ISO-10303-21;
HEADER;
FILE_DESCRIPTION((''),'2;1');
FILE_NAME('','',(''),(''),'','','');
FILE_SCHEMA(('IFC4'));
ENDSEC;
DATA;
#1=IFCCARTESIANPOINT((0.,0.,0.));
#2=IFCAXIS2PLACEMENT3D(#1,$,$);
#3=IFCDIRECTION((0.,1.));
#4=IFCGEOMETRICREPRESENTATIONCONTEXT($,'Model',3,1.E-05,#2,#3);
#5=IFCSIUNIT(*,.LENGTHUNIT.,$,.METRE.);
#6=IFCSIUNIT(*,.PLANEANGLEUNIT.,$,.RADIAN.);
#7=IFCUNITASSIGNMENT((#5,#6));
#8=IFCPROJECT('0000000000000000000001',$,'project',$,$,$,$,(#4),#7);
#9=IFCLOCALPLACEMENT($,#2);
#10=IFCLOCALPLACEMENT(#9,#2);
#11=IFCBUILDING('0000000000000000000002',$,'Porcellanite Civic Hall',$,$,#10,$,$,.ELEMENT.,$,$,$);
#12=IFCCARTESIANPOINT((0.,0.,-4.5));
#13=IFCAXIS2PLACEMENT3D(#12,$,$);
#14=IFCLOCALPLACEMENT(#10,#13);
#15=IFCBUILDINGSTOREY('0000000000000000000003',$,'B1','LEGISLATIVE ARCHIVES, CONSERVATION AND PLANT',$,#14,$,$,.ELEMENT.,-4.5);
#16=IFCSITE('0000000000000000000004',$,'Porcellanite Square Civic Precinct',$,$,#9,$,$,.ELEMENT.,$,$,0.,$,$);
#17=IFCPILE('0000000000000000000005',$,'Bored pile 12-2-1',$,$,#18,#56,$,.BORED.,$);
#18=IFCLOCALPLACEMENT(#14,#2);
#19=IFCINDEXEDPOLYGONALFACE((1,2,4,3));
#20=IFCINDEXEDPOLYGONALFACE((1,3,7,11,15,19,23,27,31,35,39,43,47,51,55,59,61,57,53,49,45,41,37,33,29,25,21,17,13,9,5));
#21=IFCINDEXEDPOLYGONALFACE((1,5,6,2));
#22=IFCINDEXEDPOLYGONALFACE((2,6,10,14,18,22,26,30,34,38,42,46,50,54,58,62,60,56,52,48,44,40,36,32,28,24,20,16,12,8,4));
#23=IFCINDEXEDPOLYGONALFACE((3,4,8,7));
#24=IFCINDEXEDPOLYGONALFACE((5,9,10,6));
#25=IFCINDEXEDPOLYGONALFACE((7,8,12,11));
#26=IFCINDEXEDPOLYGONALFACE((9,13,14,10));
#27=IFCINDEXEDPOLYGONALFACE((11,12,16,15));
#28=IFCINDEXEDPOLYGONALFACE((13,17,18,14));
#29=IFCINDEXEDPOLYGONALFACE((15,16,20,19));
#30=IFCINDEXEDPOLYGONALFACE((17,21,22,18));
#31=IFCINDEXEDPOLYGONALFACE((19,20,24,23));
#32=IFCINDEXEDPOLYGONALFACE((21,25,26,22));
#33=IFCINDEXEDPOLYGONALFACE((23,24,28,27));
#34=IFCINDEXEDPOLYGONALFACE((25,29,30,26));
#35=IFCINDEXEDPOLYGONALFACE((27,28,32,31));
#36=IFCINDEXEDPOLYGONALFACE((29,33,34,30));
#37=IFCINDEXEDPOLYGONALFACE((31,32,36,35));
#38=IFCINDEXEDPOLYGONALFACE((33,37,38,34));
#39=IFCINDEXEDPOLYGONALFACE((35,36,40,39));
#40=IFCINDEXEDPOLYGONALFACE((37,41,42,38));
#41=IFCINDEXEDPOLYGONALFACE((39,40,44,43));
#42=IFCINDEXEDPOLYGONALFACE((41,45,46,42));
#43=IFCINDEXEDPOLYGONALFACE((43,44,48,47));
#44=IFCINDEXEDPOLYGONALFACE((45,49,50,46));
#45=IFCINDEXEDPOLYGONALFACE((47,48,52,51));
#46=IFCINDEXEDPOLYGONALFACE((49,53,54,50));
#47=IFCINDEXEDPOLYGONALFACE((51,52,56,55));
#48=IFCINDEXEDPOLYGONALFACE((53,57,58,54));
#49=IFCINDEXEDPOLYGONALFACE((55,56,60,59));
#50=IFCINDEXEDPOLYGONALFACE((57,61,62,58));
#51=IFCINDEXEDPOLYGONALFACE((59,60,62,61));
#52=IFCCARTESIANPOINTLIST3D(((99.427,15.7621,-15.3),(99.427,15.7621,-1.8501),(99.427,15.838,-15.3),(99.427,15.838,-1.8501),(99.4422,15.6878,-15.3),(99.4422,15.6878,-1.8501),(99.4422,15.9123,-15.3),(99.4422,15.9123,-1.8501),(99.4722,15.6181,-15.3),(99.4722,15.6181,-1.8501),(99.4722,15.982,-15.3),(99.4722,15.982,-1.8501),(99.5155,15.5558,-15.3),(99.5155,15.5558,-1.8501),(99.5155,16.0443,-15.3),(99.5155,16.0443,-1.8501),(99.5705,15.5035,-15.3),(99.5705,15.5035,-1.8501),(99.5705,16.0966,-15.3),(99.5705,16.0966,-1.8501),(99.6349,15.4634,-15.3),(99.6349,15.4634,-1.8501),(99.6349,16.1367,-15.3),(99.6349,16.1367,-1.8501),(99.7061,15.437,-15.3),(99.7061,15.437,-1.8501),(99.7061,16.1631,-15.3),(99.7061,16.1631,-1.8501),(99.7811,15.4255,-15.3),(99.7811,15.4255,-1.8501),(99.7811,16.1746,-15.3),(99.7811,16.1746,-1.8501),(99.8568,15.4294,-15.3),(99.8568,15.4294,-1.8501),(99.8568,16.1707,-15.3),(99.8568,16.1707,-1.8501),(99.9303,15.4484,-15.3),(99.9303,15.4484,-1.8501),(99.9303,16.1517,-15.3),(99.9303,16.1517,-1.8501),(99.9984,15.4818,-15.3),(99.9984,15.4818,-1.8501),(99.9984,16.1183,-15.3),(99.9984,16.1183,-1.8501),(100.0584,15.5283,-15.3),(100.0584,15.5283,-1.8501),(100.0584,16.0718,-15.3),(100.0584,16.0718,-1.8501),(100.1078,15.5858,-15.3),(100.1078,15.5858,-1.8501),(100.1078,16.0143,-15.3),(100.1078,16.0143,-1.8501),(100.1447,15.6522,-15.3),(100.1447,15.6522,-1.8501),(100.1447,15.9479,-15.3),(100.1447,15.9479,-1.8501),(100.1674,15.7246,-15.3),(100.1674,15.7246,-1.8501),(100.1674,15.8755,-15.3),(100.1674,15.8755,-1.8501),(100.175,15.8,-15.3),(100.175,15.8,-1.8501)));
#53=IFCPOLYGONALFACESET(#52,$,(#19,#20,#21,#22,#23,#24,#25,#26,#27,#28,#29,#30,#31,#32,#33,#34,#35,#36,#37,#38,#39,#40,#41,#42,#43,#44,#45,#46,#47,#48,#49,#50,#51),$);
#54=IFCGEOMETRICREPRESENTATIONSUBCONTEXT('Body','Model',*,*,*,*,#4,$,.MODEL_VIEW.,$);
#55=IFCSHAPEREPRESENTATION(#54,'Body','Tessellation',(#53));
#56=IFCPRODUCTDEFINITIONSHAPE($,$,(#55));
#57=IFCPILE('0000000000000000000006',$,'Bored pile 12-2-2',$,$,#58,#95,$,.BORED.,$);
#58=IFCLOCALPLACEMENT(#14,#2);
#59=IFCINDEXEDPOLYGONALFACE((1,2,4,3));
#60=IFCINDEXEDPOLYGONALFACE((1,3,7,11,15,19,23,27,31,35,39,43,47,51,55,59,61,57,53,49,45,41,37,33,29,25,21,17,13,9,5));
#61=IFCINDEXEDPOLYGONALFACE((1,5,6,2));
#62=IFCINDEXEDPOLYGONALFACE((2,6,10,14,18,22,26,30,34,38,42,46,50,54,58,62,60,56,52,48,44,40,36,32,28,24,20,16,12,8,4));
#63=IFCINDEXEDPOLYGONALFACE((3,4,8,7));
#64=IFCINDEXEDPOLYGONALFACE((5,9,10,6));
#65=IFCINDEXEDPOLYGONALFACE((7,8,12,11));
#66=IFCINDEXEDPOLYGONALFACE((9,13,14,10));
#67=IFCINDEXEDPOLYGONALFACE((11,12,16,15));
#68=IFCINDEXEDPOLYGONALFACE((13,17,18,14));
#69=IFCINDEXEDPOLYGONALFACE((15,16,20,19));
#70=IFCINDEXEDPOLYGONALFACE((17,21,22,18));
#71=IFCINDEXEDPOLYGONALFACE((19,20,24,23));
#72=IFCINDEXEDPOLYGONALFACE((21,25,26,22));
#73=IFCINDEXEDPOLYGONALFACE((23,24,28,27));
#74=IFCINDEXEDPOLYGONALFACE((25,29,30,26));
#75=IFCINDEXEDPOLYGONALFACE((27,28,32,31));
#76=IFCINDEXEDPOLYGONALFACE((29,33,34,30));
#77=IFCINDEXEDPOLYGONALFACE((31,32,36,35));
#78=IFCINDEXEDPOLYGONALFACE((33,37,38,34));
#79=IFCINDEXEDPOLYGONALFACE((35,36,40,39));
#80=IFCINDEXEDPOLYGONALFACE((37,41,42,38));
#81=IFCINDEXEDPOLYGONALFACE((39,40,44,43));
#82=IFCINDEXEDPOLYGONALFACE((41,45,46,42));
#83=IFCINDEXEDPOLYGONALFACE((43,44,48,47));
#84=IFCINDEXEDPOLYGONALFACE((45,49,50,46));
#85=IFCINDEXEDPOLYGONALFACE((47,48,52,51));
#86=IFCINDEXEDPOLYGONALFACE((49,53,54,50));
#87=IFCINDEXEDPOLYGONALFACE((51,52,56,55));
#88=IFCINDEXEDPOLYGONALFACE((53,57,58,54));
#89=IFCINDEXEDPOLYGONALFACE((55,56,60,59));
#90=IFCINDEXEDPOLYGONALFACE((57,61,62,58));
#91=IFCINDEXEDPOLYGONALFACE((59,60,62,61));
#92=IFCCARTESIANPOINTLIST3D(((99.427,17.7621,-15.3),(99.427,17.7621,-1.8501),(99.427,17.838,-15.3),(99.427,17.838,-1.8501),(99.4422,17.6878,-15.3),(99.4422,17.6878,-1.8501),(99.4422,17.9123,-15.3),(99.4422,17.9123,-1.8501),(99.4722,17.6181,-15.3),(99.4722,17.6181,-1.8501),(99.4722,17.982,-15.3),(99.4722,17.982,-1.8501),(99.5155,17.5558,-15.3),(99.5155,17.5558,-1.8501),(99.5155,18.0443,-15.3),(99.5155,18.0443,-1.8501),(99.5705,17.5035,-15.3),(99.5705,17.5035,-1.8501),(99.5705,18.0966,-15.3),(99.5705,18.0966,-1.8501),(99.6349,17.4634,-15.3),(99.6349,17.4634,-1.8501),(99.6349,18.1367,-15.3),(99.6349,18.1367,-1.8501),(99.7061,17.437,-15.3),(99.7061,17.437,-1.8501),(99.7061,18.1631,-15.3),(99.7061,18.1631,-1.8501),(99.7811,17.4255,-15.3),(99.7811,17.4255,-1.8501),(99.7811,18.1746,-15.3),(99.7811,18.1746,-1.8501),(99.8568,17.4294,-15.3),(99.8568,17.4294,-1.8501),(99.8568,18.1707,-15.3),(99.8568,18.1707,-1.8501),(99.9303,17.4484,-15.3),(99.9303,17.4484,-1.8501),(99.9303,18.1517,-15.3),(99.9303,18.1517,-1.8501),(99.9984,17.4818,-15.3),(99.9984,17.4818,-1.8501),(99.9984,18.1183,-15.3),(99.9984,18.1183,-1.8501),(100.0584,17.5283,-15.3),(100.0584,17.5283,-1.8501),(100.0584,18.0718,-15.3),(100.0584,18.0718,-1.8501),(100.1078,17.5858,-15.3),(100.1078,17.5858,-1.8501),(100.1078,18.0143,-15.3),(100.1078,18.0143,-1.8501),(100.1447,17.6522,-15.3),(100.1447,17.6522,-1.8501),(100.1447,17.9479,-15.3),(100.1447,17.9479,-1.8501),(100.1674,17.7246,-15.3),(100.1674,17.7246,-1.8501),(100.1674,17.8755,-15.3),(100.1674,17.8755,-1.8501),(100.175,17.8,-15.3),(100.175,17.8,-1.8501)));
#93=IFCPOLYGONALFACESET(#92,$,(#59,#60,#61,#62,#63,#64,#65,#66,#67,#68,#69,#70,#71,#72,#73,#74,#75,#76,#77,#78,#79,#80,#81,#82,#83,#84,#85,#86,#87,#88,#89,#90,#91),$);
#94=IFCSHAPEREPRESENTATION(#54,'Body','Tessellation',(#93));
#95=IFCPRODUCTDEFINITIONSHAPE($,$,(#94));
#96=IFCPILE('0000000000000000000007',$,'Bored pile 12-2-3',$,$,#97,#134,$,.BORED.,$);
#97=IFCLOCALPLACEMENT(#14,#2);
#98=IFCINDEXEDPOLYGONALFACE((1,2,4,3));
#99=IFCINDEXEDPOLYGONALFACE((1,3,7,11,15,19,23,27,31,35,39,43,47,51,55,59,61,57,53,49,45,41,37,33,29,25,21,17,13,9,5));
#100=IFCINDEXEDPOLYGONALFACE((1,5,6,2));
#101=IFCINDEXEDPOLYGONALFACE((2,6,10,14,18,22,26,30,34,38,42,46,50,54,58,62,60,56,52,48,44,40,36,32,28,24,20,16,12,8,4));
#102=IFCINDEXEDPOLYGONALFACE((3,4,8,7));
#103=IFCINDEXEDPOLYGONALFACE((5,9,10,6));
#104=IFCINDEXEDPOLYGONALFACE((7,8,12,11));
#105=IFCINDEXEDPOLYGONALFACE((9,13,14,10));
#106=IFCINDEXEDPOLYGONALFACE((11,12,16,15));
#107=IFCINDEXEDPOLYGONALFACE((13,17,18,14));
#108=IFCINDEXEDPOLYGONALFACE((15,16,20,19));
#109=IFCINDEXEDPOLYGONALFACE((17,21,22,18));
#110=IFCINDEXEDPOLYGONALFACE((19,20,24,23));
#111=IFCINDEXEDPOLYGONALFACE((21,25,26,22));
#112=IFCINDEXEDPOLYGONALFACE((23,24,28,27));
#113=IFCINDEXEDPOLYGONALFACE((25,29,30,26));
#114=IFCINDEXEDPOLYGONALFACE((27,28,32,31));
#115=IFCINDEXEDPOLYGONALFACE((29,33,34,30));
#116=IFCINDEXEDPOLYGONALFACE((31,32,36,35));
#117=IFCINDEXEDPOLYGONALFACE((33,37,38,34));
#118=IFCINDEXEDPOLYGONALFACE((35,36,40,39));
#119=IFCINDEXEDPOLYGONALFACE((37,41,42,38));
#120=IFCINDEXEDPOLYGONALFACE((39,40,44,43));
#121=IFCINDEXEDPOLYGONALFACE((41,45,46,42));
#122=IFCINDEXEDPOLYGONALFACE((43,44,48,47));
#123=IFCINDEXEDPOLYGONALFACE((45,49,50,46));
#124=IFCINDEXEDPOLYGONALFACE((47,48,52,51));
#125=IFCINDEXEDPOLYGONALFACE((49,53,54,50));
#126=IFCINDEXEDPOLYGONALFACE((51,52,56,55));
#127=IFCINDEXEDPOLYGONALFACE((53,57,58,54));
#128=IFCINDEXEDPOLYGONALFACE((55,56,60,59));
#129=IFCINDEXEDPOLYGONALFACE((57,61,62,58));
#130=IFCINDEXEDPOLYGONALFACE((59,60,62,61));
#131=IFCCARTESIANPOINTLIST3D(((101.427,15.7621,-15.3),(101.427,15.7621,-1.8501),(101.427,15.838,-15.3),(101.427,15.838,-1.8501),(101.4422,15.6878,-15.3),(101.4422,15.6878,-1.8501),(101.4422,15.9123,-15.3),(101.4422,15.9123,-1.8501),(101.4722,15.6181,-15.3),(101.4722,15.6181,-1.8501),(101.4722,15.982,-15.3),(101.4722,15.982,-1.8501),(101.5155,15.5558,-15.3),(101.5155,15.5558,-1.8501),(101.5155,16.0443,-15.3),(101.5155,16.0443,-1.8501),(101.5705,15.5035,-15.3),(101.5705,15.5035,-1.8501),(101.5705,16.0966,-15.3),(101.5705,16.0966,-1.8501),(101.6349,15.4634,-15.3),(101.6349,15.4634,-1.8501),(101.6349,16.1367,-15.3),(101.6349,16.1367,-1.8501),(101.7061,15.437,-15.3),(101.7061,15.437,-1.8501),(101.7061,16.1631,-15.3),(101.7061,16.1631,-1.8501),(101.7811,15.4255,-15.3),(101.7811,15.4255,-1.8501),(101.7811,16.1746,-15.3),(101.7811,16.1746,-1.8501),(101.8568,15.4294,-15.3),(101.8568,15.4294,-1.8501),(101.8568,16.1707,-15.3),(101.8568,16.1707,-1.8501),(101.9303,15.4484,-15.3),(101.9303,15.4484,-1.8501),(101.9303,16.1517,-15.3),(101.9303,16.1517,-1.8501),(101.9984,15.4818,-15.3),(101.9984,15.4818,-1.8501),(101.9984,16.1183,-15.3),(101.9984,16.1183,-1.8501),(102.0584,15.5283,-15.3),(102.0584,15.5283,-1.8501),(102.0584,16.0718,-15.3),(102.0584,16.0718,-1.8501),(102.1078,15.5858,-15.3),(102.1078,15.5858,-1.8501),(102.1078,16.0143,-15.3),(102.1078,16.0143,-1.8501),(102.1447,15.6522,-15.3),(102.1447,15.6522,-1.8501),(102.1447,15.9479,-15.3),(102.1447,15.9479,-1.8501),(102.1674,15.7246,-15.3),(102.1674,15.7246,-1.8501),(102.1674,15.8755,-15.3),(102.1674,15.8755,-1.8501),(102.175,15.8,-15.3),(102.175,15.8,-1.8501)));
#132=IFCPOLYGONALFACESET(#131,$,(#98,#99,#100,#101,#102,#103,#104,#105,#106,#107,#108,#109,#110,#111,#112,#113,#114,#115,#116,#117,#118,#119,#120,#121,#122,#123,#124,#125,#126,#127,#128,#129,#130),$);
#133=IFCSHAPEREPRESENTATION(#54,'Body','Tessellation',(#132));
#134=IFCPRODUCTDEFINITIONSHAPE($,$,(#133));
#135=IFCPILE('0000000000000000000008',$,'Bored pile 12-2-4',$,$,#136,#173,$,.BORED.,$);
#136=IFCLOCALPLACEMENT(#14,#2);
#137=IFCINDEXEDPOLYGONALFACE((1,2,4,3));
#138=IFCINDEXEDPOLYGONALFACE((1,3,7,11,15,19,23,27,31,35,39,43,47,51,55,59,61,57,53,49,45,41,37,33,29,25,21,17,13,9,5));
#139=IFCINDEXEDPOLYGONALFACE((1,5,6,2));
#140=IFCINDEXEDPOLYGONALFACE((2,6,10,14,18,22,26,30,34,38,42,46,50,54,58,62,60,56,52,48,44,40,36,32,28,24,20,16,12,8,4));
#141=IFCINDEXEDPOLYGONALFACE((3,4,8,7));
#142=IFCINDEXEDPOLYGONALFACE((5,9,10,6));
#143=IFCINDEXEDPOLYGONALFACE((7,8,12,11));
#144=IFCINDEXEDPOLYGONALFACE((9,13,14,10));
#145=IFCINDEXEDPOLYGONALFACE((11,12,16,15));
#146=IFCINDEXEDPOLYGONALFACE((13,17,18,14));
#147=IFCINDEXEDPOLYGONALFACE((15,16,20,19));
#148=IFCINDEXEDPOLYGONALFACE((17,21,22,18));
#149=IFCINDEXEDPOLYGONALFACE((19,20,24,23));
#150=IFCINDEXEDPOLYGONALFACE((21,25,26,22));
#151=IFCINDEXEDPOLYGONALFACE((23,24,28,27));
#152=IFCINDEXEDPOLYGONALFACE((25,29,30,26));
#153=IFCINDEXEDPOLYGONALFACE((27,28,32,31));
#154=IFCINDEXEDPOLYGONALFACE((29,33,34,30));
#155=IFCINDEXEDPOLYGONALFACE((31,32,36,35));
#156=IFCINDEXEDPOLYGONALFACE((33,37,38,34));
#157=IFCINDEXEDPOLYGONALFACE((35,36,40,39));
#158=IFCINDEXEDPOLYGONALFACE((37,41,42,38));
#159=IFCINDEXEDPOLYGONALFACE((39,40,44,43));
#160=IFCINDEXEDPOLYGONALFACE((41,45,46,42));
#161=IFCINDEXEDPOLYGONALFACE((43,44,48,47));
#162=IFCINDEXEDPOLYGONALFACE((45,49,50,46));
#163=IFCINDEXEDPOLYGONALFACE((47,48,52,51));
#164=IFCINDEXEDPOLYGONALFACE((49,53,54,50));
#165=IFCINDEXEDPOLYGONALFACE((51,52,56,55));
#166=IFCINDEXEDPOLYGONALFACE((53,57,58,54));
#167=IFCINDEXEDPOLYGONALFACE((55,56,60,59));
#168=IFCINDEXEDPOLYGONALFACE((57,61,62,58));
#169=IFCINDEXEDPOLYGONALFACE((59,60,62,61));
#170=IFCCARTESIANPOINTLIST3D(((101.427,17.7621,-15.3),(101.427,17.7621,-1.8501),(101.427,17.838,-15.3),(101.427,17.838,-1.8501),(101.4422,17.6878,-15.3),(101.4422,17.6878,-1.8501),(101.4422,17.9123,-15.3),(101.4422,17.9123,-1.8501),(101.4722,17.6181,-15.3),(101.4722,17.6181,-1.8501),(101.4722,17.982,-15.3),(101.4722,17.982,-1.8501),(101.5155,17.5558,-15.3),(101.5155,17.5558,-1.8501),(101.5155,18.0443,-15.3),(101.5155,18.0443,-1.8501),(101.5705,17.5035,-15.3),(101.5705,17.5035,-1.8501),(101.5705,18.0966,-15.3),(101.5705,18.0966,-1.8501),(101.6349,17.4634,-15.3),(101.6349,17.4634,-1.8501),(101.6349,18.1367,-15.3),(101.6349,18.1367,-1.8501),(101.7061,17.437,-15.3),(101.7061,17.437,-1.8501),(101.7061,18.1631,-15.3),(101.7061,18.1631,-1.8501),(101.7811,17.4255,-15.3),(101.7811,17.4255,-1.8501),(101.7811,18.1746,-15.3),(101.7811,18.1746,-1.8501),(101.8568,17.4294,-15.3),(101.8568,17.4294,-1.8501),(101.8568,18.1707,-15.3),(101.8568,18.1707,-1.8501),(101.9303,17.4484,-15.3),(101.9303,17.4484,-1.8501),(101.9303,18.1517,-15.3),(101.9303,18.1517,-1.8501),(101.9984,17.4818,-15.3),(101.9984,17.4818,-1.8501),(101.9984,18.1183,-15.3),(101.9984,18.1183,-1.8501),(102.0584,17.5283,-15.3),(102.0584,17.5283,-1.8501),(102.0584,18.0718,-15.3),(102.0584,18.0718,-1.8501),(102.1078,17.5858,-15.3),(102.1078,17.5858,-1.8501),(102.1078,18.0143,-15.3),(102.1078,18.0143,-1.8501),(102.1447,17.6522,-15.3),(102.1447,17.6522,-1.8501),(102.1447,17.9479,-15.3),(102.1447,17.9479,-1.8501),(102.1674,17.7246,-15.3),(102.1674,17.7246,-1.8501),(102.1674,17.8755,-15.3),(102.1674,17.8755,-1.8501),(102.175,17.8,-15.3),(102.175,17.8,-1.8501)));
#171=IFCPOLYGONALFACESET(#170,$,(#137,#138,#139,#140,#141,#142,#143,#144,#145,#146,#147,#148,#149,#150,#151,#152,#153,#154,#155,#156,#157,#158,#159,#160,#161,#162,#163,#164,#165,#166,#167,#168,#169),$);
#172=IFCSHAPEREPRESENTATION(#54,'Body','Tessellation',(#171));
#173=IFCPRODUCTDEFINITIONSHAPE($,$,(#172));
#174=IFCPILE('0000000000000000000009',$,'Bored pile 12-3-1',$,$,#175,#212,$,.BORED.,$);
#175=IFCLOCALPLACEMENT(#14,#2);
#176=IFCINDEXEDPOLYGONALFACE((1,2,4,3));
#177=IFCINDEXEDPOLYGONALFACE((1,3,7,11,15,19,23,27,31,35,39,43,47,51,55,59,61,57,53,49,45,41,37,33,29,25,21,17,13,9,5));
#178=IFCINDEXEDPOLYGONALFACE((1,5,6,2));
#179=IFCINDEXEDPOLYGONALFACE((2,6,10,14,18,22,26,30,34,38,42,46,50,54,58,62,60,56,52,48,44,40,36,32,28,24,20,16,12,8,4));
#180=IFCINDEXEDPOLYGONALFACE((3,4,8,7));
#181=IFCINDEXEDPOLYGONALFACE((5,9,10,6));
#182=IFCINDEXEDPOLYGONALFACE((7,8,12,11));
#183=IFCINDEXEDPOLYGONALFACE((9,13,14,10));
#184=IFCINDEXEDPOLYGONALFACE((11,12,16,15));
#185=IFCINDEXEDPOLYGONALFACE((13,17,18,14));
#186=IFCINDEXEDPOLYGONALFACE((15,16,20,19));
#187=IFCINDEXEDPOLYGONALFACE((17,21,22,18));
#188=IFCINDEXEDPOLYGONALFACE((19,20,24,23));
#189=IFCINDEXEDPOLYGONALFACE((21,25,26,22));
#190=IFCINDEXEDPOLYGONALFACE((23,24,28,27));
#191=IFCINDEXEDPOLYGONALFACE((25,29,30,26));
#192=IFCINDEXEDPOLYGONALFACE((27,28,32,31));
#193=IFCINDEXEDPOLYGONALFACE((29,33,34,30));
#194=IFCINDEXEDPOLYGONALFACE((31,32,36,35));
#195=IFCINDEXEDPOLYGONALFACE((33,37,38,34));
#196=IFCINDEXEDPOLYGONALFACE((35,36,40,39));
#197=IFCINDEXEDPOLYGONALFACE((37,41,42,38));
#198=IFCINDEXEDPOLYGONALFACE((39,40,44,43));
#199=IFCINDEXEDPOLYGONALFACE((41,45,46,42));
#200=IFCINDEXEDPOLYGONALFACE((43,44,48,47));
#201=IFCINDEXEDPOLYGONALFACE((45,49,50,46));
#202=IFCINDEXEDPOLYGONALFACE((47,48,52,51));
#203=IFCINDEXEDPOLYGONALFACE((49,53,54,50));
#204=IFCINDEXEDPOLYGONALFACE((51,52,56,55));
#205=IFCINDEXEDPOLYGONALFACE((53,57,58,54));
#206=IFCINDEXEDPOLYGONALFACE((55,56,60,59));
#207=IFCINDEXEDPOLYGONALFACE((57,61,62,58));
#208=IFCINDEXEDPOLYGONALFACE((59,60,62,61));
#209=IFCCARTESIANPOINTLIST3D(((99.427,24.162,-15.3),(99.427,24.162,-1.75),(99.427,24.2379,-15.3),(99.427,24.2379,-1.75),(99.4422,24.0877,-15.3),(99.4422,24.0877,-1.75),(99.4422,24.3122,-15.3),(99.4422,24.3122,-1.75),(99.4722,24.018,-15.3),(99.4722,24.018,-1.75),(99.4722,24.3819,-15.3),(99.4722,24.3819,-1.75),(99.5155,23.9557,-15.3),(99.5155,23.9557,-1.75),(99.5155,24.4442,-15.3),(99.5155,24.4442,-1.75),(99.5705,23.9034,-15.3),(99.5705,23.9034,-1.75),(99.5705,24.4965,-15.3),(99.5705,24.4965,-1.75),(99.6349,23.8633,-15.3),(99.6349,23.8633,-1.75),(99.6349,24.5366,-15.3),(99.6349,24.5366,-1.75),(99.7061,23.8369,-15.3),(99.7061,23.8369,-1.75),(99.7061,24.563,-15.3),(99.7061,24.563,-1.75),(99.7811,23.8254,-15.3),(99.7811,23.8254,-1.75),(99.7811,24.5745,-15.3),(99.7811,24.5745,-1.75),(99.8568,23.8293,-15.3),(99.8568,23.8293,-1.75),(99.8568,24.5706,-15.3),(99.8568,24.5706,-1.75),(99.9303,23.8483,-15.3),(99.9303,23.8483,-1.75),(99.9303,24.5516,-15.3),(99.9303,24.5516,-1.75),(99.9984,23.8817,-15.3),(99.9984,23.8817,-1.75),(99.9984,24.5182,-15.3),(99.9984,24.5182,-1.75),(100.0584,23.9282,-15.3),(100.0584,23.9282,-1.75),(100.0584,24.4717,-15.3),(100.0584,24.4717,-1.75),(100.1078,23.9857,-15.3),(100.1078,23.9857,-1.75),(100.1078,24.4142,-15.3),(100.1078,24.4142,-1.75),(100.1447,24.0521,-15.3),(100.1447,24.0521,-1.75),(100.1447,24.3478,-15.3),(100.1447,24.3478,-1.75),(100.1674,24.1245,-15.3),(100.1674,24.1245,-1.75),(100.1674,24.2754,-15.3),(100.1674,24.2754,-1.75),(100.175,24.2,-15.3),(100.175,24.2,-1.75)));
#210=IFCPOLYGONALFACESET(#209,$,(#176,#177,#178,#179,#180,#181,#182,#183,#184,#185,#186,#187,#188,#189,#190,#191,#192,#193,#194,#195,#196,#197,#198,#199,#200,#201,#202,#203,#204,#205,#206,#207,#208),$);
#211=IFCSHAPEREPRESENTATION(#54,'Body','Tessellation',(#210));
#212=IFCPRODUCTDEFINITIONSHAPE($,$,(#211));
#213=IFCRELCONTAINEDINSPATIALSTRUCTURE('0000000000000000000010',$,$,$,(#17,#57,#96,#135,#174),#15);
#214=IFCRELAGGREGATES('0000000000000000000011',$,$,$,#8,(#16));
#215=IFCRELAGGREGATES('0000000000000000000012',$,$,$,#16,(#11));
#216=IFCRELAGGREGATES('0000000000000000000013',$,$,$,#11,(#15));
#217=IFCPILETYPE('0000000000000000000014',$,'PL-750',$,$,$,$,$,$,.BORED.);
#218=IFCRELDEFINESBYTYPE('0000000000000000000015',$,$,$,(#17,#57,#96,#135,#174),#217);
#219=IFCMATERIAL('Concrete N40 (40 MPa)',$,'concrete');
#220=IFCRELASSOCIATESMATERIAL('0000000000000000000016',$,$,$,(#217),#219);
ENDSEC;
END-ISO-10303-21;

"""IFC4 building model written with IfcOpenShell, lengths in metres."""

from ifc_helpers import new_model, si_unit, direction, frame, origin, origin_2d, place, context, subcontext, project, spatial, circle, extrude, material, material_profile, profile_set, type_object, element, save


model = new_model("IFC4")

# Units and contexts
model_context = context("Model", 3, precision=1e-05, world=origin(), true_north=direction((0.0, 1.0)))
body_context = subcontext(model_context, "Body", "Model", "MODEL_VIEW")
ifc_project = project(units=[si_unit("LENGTHUNIT", "METRE"), si_unit("PLANEANGLEUNIT", "RADIAN")], contexts=[model_context])

# Site, building, storey
site_placement = place(None, origin())
site = spatial("IfcSite", under=ifc_project, at=site_placement, Name="Porcellanite Square Civic Precinct", CompositionType="ELEMENT", RefElevation=0.0)
building_placement = place(site_placement, origin())
building = spatial("IfcBuilding", under=site, at=building_placement, Name="Porcellanite Civic Hall", CompositionType="ELEMENT")
storey_placement = place(building_placement, frame((0.0, 0.0, -4.5)))
storey = spatial("IfcBuildingStorey", under=building, at=storey_placement, Name="B1", Description="LEGISLATIVE ARCHIVES, CONSERVATION AND PLANT", CompositionType="ELEMENT", Elevation=-4.5)

# Piles
ifc_material_1 = material(Name="Concrete N40 (40 MPa)", Category="concrete")
ifc_material_profile_1 = material_profile(ifc_material_1, circle(Radius=0.375, at=origin_2d()), Name="PILE-D750")
ifc_profile_set_1 = profile_set([ifc_material_profile_1], Name="Concrete N40 (40 MPa)")
pile_type = type_object("IfcPileType", Name="PL-750", PredefinedType="BORED", material=ifc_profile_set_1)
for number, where, z_axis, x_axis, name in (
    (1, (99.8, 15.8, -1.8501), (0.0, 0.0, -1.0), (1.0, 0.0, 0.0), "Bored pile 12-2-1"),
    (2, (99.8, 17.8, -1.8501), (0.0, 0.0, -1.0), (1.0, 0.0, 0.0), "Bored pile 12-2-2"),
    (3, (101.8, 15.8, -1.8501), (0.0, 0.0, -1.0), (1.0, 0.0, 0.0), "Bored pile 12-2-3"),
    (4, (101.8, 17.8, -1.8501), (0.0, 0.0, -1.0), (1.0, 0.0, 0.0), "Bored pile 12-2-4"),
):
    element("IfcPile", number, at=place(storey_placement, frame(where, z_axis=z_axis, x_axis=x_axis)), inside=storey, type_object=pile_type, Name=name, PredefinedType="BORED", context=body_context, shape_type="SweptSolid", body=[
        extrude(circle(Radius=0.375, at=origin_2d()), origin(), (0.0, 0.0, 1.0), 13.45),
    ])
for number, where, z_axis, x_axis, name in (
    (5, (99.8, 24.2, -1.75), (0.0, 0.0, -1.0), (1.0, 0.0, 0.0), "Bored pile 12-3-1"),
):
    element("IfcPile", number, at=place(storey_placement, frame(where, z_axis=z_axis, x_axis=x_axis)), inside=storey, type_object=pile_type, Name=name, PredefinedType="BORED", context=body_context, shape_type="SweptSolid", body=[
        extrude(circle(Radius=0.375, at=origin_2d()), origin(), (0.0, 0.0, 1.0), 13.55),
    ])

save(model, "model.ifc")
